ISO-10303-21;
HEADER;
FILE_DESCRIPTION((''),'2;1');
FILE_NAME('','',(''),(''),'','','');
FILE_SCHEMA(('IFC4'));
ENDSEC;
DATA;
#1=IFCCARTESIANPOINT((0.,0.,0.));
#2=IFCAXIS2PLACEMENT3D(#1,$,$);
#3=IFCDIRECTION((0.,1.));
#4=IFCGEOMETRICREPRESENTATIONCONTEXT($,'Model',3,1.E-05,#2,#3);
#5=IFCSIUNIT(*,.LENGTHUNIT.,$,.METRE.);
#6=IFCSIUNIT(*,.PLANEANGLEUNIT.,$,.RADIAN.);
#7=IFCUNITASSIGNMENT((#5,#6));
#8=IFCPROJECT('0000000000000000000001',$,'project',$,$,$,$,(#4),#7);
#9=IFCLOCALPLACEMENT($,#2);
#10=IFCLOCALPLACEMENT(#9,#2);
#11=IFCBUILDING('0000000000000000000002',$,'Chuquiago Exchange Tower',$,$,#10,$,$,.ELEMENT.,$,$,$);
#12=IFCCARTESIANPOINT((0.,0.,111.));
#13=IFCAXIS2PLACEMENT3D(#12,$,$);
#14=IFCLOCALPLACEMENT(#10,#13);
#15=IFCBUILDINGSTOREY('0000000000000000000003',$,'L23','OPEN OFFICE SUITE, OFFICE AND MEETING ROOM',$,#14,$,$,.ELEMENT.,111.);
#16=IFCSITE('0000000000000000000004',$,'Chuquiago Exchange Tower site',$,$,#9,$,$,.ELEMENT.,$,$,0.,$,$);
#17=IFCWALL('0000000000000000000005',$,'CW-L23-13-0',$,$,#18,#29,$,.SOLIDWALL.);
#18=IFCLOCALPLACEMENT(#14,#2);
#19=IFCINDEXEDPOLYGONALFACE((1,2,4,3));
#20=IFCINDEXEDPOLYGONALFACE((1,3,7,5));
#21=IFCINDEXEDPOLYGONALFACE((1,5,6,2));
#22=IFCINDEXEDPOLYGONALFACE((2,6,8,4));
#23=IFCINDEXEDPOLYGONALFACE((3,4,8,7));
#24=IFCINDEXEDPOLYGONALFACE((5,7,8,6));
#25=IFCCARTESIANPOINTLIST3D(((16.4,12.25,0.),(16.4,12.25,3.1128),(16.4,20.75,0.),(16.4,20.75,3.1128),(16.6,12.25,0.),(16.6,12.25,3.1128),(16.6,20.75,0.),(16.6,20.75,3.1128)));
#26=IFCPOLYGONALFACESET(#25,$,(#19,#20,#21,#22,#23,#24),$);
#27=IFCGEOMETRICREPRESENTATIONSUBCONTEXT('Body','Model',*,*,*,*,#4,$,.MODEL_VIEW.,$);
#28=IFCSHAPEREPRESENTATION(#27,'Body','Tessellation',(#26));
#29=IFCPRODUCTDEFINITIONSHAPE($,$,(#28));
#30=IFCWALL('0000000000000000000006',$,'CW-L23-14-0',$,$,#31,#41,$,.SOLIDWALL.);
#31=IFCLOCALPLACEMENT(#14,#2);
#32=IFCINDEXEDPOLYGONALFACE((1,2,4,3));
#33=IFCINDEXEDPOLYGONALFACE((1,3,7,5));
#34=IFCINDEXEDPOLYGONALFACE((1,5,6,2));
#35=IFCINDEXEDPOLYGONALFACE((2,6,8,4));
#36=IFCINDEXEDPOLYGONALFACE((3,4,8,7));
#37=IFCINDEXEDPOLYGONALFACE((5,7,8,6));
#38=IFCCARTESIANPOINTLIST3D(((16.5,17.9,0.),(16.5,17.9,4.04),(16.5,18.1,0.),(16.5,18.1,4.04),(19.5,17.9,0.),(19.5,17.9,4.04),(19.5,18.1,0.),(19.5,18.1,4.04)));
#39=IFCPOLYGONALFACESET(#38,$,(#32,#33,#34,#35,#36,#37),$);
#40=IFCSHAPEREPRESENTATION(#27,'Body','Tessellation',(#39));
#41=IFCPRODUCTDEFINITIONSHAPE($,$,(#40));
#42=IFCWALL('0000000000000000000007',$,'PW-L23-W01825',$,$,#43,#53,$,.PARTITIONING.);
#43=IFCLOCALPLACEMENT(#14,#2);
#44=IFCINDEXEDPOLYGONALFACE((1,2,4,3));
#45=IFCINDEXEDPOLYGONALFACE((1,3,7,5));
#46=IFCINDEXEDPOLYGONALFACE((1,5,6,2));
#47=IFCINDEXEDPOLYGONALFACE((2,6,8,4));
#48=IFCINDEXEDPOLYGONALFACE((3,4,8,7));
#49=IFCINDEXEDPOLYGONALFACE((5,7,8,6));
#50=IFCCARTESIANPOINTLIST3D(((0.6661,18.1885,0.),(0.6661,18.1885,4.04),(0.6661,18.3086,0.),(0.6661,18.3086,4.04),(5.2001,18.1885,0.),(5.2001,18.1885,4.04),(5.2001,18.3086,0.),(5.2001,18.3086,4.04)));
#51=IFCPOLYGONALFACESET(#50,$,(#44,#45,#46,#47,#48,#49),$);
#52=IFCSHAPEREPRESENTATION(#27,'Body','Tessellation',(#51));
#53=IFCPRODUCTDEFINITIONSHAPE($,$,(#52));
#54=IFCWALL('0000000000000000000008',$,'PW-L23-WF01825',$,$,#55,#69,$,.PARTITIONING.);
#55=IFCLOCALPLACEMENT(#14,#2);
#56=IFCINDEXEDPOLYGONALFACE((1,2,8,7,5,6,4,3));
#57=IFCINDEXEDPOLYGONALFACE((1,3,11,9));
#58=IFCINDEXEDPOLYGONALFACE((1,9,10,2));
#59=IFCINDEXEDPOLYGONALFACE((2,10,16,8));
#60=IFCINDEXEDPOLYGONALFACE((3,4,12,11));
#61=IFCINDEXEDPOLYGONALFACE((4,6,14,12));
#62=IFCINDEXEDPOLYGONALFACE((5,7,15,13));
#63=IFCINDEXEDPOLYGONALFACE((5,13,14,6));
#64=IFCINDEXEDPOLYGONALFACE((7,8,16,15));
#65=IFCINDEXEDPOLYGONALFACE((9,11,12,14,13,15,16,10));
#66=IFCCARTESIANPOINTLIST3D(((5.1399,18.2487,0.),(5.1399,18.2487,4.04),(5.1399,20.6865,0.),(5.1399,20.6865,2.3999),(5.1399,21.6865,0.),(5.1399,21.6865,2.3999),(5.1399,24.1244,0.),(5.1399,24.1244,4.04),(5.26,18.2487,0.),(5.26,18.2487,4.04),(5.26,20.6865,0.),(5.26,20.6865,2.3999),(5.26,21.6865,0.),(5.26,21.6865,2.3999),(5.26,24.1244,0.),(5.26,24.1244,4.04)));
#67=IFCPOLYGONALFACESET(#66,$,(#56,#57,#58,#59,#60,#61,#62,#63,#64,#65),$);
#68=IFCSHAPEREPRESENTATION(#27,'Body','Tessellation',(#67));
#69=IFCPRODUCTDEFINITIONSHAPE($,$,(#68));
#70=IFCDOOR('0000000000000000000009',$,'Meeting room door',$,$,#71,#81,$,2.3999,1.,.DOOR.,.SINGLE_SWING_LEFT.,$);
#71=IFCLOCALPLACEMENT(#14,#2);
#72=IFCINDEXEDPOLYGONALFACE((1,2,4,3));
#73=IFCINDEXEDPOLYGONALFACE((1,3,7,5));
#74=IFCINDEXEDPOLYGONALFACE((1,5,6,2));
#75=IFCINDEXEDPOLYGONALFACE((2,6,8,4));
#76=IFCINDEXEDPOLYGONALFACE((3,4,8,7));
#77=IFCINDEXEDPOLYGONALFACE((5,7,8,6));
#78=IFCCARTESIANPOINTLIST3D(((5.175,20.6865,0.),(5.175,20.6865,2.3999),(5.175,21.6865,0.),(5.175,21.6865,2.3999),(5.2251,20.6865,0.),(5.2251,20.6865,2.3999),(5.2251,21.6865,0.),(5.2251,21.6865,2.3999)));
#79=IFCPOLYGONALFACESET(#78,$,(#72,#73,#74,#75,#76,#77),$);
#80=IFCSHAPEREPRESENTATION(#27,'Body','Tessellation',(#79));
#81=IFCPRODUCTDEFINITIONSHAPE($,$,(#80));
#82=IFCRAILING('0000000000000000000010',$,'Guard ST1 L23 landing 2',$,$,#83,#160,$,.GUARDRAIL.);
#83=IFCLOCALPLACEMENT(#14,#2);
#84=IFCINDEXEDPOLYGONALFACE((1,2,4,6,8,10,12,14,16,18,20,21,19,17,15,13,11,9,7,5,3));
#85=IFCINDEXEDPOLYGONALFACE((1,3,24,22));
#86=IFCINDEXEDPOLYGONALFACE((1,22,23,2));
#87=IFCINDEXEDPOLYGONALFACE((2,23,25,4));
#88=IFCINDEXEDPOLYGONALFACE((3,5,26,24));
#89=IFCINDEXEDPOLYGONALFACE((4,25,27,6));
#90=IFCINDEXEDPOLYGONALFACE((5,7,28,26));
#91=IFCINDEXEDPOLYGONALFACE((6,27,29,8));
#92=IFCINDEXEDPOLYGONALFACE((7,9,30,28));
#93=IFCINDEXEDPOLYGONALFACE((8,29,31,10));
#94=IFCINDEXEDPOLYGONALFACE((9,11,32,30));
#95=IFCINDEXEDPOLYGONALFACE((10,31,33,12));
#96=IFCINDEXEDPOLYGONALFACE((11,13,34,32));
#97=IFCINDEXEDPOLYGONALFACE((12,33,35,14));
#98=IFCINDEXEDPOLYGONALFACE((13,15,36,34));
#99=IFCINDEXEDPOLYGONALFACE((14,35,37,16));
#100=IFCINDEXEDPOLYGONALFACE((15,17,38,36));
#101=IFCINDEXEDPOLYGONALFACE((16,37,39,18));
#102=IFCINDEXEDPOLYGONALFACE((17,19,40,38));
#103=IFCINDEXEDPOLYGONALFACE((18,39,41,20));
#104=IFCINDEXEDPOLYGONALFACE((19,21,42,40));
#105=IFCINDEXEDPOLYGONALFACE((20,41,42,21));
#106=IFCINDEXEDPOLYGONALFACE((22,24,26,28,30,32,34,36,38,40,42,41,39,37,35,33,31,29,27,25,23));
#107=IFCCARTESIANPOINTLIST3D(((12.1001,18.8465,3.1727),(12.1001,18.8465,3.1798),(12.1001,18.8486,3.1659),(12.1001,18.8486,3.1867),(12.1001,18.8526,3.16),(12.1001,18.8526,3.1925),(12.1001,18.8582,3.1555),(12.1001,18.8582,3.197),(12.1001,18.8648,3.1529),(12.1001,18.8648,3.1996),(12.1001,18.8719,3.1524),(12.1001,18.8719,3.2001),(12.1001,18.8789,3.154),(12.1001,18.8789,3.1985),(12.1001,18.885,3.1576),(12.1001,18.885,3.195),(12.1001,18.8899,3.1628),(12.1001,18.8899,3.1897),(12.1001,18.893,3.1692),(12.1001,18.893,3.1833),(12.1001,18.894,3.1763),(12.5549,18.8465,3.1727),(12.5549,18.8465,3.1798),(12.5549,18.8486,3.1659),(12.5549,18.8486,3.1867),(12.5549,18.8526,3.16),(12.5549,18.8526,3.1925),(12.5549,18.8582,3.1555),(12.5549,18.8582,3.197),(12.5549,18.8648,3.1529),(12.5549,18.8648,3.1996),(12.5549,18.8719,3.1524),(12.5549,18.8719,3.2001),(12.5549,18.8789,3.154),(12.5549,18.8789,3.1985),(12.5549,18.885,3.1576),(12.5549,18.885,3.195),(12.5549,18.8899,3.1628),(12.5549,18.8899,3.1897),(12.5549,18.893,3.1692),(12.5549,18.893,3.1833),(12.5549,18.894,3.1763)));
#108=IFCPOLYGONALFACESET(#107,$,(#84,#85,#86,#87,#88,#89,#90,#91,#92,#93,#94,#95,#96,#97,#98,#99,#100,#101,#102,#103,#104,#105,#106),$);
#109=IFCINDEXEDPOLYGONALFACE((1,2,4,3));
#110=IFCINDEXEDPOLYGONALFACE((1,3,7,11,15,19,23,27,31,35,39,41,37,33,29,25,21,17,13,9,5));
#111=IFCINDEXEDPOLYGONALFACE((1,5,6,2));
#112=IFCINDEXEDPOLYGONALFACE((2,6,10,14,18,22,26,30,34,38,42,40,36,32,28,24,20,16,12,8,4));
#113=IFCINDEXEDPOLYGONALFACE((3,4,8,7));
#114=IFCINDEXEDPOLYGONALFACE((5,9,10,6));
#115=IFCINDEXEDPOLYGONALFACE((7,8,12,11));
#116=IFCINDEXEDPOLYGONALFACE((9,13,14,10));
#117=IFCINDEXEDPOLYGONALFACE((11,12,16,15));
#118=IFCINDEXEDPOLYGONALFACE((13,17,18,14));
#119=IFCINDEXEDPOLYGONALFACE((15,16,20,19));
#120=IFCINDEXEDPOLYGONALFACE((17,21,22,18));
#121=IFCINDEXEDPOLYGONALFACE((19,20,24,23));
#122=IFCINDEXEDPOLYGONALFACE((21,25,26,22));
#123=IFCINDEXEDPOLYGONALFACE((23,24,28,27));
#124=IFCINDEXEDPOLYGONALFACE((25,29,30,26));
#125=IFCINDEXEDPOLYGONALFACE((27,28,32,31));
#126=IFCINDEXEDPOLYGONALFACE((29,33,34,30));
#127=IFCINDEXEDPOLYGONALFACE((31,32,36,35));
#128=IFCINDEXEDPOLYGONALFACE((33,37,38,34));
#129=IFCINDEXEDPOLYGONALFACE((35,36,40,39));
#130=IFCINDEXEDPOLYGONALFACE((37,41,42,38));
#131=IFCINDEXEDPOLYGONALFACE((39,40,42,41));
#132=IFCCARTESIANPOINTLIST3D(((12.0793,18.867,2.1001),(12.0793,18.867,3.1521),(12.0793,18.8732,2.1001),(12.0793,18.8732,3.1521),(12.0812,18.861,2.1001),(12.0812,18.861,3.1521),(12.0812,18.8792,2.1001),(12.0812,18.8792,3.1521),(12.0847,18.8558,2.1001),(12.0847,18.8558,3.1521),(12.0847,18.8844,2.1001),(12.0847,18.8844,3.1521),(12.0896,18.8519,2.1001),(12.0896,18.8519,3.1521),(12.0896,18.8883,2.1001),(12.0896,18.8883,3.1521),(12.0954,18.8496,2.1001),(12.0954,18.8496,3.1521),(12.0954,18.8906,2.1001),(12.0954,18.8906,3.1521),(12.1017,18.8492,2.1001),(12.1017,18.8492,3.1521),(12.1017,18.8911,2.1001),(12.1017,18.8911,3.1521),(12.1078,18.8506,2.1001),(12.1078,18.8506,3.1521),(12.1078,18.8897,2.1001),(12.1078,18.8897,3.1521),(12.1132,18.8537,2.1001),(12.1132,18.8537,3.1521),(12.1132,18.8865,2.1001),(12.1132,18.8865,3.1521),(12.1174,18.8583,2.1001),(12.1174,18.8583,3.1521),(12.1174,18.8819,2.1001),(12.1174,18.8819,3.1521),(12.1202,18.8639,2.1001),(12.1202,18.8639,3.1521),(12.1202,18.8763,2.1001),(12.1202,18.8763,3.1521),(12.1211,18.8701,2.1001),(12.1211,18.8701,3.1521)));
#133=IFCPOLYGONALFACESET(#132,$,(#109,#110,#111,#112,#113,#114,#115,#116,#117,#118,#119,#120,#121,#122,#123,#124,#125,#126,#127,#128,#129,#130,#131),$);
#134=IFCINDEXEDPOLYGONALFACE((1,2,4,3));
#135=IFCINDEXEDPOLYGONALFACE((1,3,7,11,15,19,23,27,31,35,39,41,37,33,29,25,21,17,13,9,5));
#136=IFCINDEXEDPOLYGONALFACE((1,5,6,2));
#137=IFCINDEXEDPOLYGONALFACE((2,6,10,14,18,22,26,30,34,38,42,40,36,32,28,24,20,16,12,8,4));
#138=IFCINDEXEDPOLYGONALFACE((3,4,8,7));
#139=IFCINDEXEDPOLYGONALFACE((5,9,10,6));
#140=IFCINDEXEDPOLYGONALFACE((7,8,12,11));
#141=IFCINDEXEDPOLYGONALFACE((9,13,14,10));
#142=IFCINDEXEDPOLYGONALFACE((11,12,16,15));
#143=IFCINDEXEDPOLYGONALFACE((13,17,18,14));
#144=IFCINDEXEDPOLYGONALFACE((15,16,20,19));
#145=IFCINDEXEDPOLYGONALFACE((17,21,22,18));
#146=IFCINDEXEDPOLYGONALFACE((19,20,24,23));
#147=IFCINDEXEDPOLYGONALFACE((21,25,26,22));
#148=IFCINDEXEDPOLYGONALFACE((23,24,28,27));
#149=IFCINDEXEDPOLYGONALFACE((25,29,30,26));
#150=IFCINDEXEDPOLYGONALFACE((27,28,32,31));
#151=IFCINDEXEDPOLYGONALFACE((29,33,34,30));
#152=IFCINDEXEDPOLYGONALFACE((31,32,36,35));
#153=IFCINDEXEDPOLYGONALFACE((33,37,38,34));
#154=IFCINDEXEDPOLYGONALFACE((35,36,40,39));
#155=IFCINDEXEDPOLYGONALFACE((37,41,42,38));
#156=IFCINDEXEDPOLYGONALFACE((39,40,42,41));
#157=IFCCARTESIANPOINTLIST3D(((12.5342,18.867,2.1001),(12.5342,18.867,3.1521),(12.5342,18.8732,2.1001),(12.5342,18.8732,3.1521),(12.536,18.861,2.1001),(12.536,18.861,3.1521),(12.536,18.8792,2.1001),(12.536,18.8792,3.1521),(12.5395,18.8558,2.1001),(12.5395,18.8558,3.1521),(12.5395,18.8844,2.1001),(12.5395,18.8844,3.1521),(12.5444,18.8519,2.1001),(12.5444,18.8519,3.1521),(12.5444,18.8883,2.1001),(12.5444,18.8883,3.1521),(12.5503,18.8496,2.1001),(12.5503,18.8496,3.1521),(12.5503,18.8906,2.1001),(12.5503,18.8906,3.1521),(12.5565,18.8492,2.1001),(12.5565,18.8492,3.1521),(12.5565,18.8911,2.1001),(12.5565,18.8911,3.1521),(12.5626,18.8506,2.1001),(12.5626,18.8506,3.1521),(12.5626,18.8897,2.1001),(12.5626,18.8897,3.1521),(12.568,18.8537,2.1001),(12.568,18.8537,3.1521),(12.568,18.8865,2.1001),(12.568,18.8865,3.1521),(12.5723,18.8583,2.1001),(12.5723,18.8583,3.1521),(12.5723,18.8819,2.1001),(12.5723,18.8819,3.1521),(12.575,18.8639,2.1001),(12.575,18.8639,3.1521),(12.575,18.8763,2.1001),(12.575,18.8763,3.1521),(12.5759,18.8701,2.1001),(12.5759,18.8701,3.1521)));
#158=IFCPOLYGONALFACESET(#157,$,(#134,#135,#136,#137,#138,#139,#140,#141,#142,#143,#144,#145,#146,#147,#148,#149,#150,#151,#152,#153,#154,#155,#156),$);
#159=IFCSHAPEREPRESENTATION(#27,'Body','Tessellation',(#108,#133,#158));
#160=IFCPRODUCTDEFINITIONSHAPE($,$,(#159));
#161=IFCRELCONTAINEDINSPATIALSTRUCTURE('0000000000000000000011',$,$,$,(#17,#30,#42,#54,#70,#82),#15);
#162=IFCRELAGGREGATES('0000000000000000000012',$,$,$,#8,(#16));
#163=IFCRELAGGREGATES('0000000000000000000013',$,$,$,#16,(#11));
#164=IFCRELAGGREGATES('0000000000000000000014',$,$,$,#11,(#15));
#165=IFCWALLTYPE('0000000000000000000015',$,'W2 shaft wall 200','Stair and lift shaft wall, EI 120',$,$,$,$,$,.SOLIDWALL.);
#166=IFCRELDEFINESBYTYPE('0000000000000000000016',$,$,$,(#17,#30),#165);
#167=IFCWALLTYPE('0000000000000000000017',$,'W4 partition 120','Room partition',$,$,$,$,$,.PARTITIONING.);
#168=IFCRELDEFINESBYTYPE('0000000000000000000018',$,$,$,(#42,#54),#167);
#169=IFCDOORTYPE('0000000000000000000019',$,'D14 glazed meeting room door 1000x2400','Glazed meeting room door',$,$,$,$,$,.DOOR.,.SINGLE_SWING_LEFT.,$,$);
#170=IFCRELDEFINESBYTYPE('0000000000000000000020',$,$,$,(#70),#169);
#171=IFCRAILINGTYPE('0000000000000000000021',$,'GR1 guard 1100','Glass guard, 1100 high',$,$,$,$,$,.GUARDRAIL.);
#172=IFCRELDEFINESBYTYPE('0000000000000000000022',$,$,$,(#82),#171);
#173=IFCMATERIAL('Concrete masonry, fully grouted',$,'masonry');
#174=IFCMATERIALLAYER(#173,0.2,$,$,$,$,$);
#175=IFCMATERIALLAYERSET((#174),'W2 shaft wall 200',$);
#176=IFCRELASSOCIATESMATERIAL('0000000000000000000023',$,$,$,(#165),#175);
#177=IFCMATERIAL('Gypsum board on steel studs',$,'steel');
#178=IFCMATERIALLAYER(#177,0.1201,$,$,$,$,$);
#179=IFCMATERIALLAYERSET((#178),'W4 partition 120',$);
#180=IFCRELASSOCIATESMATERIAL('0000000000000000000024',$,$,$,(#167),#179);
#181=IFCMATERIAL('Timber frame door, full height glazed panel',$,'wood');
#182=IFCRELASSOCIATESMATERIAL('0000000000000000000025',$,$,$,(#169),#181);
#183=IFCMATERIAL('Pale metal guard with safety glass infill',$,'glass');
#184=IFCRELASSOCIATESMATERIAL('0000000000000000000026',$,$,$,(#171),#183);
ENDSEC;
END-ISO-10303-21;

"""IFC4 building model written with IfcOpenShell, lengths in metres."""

from ifc_helpers import new_model, si_unit, direction, frame, frame_2d, origin, origin_2d, place, context, subcontext, project, spatial, rectangle, circle, extrude, material, layer, layer_set, type_object, element, fill, save


model = new_model("IFC4")

# Units and contexts
model_context = context("Model", 3, precision=1e-05, world=origin(), true_north=direction((0.0, 1.0)))
body_context = subcontext(model_context, "Body", "Model", "MODEL_VIEW")
ifc_project = project(units=[si_unit("LENGTHUNIT", "METRE"), si_unit("PLANEANGLEUNIT", "RADIAN")], contexts=[model_context])

# Site, building, storey
site_placement = place(None, origin())
site = spatial("IfcSite", under=ifc_project, at=site_placement, Name="Chuquiago Exchange Tower site", CompositionType="ELEMENT", RefElevation=0.0)
building_placement = place(site_placement, origin())
building = spatial("IfcBuilding", under=site, at=building_placement, Name="Chuquiago Exchange Tower", CompositionType="ELEMENT")
storey_placement = place(building_placement, frame((0.0, 0.0, 111.0)))
storey = spatial("IfcBuildingStorey", under=building, at=storey_placement, Name="L23", Description="OPEN OFFICE SUITE, OFFICE AND MEETING ROOM", CompositionType="ELEMENT", Elevation=111.0)

# Walls
ifc_material_1 = material(Name="Concrete masonry, fully grouted", Category="masonry")
ifc_layer_1 = layer(ifc_material_1, 0.2)
ifc_layer_set_1 = layer_set([ifc_layer_1], Name="W2 shaft wall 200")
wall_type_1 = type_object("IfcWallType", Name="W2 shaft wall 200", Description="Stair and lift shaft wall, EI 120", PredefinedType="SOLIDWALL", material=ifc_layer_set_1)
wall_1_placement = place(storey_placement, frame((16.5, 12.25, 0.0), z_axis=(0.0, 0.0, 1.0), x_axis=(0.0, 1.0, 0.0)))
element("IfcWall", 1, at=wall_1_placement, inside=storey, type_object=wall_type_1, Name="CW-L23-13-0", PredefinedType="SOLIDWALL", context=body_context, shape_type="SweptSolid", body=[
    extrude(rectangle(XDim=8.5, YDim=0.2, at=frame_2d((4.25, 0.0))), origin(), (0.0, 0.0, 1.0), 3.1128),
])
wall_2_placement = place(storey_placement, frame((16.5, 18.0, 0.0), z_axis=(0.0, 0.0, 1.0), x_axis=(1.0, 0.0, 0.0)))
element("IfcWall", 2, at=wall_2_placement, inside=storey, type_object=wall_type_1, Name="CW-L23-14-0", PredefinedType="SOLIDWALL", context=body_context, shape_type="SweptSolid", body=[
    extrude(rectangle(XDim=3.0, YDim=0.2, at=frame_2d((1.5, 0.0))), origin(), (0.0, 0.0, 1.0), 4.04),
])
ifc_material_2 = material(Name="Gypsum board on steel studs", Category="steel")
ifc_layer_2 = layer(ifc_material_2, 0.1201)
ifc_layer_set_2 = layer_set([ifc_layer_2], Name="W4 partition 120")
wall_type_2 = type_object("IfcWallType", Name="W4 partition 120", Description="Room partition", PredefinedType="PARTITIONING", material=ifc_layer_set_2)
wall_3_placement = place(storey_placement, frame((0.666, 18.2485, 0.0), z_axis=(0.0, 0.0, 1.0), x_axis=(1.0, 0.0, 0.0)))
element("IfcWall", 3, at=wall_3_placement, inside=storey, type_object=wall_type_2, Name="PW-L23-W01825", PredefinedType="PARTITIONING", context=body_context, shape_type="SweptSolid", body=[
    extrude(rectangle(XDim=4.5339, YDim=0.1201, at=frame_2d((2.2671, 0.0))), origin(), (0.0, 0.0, 1.0), 4.04),
])

# Wall, opening, door
wall_4_placement = place(storey_placement, frame((5.2, 18.2485, 0.0), z_axis=(0.0, 0.0, 1.0), x_axis=(0.0, 1.0, 0.0)))
wall_4 = element("IfcWall", 4, at=wall_4_placement, inside=storey, type_object=wall_type_2, Name="PW-L23-WF01825", PredefinedType="PARTITIONING", context=body_context, shape_type="SweptSolid", body=[
    extrude(rectangle(XDim=5.8757, YDim=0.1201, at=frame_2d((2.938, 0.0))), origin(), (0.0, 0.0, 1.0), 4.04),
])
opening_1_placement = place(wall_4_placement, frame((2.438, 0.0, 0.0)))
opening_1 = element("IfcOpeningElement", 5, at=opening_1_placement, cuts=wall_4, PredefinedType="OPENING", context=body_context, shape_type="SweptSolid", body=[
    extrude(rectangle(XDim=1.0, YDim=2.3999, at=frame_2d((0.5, 1.2))), frame((0.0, 0.0701, 0.0), z_axis=(0.0, -1.0, 0.0), x_axis=(1.0, 0.0, 0.0)), (0.0, 0.0, 1.0), 0.1401),
])
ifc_material_3 = material(Name="Timber frame door, full height glazed panel", Category="wood")
door_type_1 = type_object("IfcDoorType", Name="D14 glazed meeting room door 1000x2400", Description="Glazed meeting room door", OperationType="SINGLE_SWING_LEFT", PredefinedType="DOOR", material=ifc_material_3)
door_1_placement = place(opening_1_placement, origin())
door_1 = element("IfcDoor", 6, at=door_1_placement, inside=storey, type_object=door_type_1, Name="Meeting room door", OperationType="SINGLE_SWING_LEFT", OverallHeight=2.3999, OverallWidth=1.0, PredefinedType="DOOR", context=body_context, shape_type="SweptSolid", body=[
    extrude(rectangle(XDim=1.0, YDim=2.3999, at=frame_2d((0.5, 1.2))), frame((0.0, 0.0249, 0.0), z_axis=(0.0, -1.0, 0.0), x_axis=(1.0, 0.0, 0.0)), (0.0, 0.0, 1.0), 0.05),
])
fill(opening_1, door_1)

# Railing
ifc_material_4 = material(Name="Pale metal guard with safety glass infill", Category="glass")
railing_type_1 = type_object("IfcRailingType", Name="GR1 guard 1100", Description="Glass guard, 1100 high", PredefinedType="GUARDRAIL", material=ifc_material_4)
railing_1_placement = place(storey_placement, frame((12.1001, 18.8701, 2.1001)))
element("IfcRailing", 7, at=railing_1_placement, inside=storey, type_object=railing_type_1, Name="Guard ST1 L23 landing 2", PredefinedType="GUARDRAIL", context=body_context, shape_type="SweptSolid", body=[
    extrude(circle(Radius=0.0239, at=origin_2d()), frame((0.0, 0.0, 1.0762), z_axis=(1.0, 0.0, 0.0), x_axis=(0.0, 1.0, 0.0)), (0.0, 0.0, 1.0), 0.4548),
    extrude(circle(Radius=0.021, at=origin_2d()), origin(), (0.0, 0.0, 1.0), 1.052),
    extrude(circle(Radius=0.021, at=origin_2d()), frame((0.4548, 0.0, 0.0)), (0.0, 0.0, 1.0), 1.052),
])

save(model, "model.ifc")
